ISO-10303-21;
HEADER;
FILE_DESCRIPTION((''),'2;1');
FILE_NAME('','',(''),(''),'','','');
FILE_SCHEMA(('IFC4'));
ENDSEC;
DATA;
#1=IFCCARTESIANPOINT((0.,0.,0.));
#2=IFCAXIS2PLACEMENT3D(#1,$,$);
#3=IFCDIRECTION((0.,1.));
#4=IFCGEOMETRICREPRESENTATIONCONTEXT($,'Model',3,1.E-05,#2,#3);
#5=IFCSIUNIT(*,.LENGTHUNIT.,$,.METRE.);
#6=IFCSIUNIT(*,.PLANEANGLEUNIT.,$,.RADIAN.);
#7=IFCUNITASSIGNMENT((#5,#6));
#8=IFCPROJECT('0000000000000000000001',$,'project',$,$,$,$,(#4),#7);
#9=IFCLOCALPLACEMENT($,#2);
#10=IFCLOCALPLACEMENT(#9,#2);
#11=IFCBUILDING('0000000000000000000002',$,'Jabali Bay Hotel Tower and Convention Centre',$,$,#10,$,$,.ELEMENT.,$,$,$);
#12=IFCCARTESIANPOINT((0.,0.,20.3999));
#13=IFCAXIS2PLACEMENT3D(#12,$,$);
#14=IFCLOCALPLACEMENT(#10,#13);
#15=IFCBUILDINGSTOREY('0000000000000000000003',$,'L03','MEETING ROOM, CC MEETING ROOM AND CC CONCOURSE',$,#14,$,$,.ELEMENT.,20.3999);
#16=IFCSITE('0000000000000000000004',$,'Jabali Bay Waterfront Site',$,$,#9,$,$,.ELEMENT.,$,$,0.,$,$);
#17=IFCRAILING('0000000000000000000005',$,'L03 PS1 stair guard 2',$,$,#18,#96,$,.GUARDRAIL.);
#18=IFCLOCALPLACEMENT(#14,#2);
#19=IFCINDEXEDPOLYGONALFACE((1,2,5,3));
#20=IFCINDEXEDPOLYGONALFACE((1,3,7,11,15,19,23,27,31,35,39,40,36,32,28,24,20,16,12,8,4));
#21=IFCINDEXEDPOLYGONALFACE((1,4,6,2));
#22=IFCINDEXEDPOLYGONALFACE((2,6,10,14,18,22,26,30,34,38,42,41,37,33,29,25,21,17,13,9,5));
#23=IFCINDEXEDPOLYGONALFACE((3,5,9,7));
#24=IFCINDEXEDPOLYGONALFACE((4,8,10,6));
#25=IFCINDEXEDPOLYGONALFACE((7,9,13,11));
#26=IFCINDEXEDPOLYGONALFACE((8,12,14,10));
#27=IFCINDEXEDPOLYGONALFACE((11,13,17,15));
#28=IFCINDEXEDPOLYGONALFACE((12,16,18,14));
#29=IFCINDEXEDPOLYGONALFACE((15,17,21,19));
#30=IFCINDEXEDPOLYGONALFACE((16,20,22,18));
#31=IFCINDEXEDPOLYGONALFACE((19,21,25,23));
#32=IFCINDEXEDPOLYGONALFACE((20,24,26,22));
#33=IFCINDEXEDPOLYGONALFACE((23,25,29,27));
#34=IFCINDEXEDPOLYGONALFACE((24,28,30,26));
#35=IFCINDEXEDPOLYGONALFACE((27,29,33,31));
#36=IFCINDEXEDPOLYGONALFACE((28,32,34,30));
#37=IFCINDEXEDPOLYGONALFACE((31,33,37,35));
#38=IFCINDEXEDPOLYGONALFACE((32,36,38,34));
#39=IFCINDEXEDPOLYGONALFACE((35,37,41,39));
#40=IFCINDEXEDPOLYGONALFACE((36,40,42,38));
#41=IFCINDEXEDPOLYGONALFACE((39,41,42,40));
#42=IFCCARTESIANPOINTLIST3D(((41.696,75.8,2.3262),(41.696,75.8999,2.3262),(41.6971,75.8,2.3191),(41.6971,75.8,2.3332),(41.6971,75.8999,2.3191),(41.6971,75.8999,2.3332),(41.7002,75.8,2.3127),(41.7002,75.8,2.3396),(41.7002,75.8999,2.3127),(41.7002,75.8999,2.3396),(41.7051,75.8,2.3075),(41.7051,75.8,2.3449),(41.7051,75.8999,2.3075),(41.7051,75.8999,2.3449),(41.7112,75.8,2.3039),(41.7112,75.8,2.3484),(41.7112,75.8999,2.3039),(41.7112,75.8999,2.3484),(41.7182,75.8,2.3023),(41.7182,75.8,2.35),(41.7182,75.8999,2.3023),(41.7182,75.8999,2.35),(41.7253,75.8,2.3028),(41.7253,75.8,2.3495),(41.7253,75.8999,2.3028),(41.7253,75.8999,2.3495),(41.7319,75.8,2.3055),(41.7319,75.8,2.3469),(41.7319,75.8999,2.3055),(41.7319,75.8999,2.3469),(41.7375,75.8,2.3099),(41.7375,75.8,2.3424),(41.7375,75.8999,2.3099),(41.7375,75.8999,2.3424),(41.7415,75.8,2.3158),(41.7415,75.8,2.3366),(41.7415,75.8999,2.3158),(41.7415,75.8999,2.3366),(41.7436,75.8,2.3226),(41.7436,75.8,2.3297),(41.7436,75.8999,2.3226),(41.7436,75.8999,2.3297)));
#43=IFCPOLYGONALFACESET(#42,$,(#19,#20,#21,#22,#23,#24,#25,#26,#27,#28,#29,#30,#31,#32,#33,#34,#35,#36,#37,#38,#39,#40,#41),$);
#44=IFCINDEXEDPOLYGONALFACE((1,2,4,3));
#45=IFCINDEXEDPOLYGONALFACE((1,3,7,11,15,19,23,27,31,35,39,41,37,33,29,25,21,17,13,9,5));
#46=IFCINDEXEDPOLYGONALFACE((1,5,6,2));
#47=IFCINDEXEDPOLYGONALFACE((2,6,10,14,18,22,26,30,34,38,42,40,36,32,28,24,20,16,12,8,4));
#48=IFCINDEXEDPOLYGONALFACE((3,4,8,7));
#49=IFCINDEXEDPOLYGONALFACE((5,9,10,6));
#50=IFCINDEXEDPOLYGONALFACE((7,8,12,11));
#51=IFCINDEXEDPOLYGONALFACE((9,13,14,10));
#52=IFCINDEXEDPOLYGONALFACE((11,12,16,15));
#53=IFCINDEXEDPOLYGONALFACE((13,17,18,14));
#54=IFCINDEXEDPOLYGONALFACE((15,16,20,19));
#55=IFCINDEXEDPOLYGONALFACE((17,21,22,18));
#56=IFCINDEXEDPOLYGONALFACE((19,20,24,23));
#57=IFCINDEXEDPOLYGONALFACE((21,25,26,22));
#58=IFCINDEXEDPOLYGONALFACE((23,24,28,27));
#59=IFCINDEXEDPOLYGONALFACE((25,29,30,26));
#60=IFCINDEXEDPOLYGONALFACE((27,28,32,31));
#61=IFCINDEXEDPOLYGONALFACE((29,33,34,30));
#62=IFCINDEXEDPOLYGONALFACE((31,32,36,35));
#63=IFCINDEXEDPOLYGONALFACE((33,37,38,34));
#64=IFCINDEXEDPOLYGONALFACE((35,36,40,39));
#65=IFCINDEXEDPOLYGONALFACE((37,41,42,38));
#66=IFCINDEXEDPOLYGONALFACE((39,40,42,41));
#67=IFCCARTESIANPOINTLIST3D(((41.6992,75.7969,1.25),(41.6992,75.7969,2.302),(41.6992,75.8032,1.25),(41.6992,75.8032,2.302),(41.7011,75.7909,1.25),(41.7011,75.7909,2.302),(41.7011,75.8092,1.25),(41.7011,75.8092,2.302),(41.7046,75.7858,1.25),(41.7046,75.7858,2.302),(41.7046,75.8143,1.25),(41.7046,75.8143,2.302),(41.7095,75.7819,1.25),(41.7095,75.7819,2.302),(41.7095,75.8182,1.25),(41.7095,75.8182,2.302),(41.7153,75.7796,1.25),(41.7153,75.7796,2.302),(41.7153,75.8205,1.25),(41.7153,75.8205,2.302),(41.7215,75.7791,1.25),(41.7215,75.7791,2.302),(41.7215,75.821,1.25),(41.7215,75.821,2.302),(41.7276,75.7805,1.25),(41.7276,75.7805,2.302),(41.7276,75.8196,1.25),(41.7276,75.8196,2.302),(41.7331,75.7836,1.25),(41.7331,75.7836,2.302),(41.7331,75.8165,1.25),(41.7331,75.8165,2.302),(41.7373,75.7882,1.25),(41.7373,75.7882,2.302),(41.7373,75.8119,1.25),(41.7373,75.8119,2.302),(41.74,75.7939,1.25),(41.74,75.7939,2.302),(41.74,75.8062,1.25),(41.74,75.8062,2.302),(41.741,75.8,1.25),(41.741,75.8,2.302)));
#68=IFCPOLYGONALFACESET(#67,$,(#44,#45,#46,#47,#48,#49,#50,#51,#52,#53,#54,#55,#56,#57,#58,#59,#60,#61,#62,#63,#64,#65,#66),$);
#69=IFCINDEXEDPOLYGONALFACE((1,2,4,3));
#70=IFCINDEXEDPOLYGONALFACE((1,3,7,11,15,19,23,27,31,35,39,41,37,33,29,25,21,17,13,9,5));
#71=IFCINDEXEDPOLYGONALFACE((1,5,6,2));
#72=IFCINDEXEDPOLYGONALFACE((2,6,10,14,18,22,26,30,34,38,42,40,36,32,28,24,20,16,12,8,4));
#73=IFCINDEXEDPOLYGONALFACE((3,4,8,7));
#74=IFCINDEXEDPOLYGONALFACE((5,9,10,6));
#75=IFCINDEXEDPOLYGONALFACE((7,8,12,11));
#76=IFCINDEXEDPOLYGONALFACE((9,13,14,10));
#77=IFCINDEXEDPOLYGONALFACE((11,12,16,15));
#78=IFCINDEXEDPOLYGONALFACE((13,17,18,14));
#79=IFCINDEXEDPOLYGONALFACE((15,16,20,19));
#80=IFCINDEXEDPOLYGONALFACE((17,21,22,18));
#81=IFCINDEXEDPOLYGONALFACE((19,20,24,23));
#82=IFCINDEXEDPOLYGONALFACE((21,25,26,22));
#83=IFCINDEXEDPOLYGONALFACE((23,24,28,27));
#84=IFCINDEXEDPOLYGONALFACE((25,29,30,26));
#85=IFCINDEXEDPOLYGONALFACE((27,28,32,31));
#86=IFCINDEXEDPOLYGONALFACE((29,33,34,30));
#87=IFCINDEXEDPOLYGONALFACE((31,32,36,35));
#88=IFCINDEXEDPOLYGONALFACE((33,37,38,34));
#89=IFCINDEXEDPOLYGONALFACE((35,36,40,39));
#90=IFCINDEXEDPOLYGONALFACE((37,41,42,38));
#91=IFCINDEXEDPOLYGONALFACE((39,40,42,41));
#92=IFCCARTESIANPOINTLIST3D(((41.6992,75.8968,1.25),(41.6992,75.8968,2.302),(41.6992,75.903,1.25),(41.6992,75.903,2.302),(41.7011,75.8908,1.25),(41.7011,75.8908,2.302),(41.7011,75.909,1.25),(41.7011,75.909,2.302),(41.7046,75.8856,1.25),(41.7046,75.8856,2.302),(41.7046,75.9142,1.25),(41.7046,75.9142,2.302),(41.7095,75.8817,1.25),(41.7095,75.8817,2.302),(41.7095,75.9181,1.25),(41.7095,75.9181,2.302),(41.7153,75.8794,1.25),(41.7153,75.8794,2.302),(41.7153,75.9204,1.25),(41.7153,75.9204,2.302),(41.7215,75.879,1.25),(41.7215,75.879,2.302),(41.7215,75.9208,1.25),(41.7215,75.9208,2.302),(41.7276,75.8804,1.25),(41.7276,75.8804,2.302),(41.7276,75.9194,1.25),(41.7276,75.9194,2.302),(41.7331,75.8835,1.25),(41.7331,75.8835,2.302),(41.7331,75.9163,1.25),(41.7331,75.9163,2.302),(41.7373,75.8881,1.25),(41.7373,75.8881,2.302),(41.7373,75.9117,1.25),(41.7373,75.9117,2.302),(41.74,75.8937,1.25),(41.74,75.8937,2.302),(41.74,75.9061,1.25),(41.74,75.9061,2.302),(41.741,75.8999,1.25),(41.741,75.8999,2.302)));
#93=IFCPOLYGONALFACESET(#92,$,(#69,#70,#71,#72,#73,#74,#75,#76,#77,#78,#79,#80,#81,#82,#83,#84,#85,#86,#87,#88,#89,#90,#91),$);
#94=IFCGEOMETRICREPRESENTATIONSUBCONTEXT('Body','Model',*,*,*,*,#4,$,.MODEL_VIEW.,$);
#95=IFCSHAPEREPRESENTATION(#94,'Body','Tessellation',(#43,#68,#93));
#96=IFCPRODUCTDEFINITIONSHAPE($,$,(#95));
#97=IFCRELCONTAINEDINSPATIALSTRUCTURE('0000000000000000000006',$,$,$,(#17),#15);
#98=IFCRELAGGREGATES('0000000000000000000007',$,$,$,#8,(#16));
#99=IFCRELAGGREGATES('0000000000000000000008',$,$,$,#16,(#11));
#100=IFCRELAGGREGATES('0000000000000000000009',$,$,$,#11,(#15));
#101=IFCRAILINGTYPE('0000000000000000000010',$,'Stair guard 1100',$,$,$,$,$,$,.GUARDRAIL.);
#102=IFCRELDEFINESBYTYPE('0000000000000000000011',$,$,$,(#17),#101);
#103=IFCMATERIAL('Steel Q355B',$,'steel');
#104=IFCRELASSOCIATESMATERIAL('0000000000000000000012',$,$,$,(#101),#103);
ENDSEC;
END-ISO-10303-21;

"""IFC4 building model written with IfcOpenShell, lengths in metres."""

from ifc_helpers import new_model, si_unit, direction, frame, origin, origin_2d, place, context, subcontext, project, spatial, circle, extrude, material, type_object, element, save


model = new_model("IFC4")

# Units and contexts
model_context = context("Model", 3, precision=1e-05, world=origin(), true_north=direction((0.0, 1.0)))
body_context = subcontext(model_context, "Body", "Model", "MODEL_VIEW")
ifc_project = project(units=[si_unit("LENGTHUNIT", "METRE"), si_unit("PLANEANGLEUNIT", "RADIAN")], contexts=[model_context])

# Site, building, storey
site_placement = place(None, origin())
site = spatial("IfcSite", under=ifc_project, at=site_placement, Name="Jabali Bay Waterfront Site", CompositionType="ELEMENT", RefElevation=0.0)
building_placement = place(site_placement, origin())
building = spatial("IfcBuilding", under=site, at=building_placement, Name="Jabali Bay Hotel Tower and Convention Centre", CompositionType="ELEMENT")
storey_placement = place(building_placement, frame((0.0, 0.0, 20.3999)))
storey = spatial("IfcBuildingStorey", under=building, at=storey_placement, Name="L03", Description="MEETING ROOM, CC MEETING ROOM AND CC CONCOURSE", CompositionType="ELEMENT", Elevation=20.3999)

# Railing
ifc_material_1 = material(Name="Steel Q355B", Category="steel")
railing_type_1 = type_object("IfcRailingType", Name="Stair guard 1100", PredefinedType="GUARDRAIL", material=ifc_material_1)
railing_1_placement = place(storey_placement, frame((41.72, 75.8, 1.25)))
element("IfcRailing", 1, at=railing_1_placement, inside=storey, type_object=railing_type_1, Name="L03 PS1 stair guard 2", PredefinedType="GUARDRAIL", context=body_context, shape_type="SweptSolid", body=[
    extrude(circle(Radius=0.0239, at=origin_2d()), frame((0.0, 0.0, 1.0762), z_axis=(0.0, 1.0, 0.0), x_axis=(-1.0, 0.0, 0.0)), (0.0, 0.0, 1.0), 0.0999),
    extrude(circle(Radius=0.021, at=origin_2d()), origin(), (0.0, 0.0, 1.0), 1.052),
    extrude(circle(Radius=0.021, at=origin_2d()), frame((0.0, 0.0999, 0.0)), (0.0, 0.0, 1.0), 1.052),
])

save(model, "model.ifc")
